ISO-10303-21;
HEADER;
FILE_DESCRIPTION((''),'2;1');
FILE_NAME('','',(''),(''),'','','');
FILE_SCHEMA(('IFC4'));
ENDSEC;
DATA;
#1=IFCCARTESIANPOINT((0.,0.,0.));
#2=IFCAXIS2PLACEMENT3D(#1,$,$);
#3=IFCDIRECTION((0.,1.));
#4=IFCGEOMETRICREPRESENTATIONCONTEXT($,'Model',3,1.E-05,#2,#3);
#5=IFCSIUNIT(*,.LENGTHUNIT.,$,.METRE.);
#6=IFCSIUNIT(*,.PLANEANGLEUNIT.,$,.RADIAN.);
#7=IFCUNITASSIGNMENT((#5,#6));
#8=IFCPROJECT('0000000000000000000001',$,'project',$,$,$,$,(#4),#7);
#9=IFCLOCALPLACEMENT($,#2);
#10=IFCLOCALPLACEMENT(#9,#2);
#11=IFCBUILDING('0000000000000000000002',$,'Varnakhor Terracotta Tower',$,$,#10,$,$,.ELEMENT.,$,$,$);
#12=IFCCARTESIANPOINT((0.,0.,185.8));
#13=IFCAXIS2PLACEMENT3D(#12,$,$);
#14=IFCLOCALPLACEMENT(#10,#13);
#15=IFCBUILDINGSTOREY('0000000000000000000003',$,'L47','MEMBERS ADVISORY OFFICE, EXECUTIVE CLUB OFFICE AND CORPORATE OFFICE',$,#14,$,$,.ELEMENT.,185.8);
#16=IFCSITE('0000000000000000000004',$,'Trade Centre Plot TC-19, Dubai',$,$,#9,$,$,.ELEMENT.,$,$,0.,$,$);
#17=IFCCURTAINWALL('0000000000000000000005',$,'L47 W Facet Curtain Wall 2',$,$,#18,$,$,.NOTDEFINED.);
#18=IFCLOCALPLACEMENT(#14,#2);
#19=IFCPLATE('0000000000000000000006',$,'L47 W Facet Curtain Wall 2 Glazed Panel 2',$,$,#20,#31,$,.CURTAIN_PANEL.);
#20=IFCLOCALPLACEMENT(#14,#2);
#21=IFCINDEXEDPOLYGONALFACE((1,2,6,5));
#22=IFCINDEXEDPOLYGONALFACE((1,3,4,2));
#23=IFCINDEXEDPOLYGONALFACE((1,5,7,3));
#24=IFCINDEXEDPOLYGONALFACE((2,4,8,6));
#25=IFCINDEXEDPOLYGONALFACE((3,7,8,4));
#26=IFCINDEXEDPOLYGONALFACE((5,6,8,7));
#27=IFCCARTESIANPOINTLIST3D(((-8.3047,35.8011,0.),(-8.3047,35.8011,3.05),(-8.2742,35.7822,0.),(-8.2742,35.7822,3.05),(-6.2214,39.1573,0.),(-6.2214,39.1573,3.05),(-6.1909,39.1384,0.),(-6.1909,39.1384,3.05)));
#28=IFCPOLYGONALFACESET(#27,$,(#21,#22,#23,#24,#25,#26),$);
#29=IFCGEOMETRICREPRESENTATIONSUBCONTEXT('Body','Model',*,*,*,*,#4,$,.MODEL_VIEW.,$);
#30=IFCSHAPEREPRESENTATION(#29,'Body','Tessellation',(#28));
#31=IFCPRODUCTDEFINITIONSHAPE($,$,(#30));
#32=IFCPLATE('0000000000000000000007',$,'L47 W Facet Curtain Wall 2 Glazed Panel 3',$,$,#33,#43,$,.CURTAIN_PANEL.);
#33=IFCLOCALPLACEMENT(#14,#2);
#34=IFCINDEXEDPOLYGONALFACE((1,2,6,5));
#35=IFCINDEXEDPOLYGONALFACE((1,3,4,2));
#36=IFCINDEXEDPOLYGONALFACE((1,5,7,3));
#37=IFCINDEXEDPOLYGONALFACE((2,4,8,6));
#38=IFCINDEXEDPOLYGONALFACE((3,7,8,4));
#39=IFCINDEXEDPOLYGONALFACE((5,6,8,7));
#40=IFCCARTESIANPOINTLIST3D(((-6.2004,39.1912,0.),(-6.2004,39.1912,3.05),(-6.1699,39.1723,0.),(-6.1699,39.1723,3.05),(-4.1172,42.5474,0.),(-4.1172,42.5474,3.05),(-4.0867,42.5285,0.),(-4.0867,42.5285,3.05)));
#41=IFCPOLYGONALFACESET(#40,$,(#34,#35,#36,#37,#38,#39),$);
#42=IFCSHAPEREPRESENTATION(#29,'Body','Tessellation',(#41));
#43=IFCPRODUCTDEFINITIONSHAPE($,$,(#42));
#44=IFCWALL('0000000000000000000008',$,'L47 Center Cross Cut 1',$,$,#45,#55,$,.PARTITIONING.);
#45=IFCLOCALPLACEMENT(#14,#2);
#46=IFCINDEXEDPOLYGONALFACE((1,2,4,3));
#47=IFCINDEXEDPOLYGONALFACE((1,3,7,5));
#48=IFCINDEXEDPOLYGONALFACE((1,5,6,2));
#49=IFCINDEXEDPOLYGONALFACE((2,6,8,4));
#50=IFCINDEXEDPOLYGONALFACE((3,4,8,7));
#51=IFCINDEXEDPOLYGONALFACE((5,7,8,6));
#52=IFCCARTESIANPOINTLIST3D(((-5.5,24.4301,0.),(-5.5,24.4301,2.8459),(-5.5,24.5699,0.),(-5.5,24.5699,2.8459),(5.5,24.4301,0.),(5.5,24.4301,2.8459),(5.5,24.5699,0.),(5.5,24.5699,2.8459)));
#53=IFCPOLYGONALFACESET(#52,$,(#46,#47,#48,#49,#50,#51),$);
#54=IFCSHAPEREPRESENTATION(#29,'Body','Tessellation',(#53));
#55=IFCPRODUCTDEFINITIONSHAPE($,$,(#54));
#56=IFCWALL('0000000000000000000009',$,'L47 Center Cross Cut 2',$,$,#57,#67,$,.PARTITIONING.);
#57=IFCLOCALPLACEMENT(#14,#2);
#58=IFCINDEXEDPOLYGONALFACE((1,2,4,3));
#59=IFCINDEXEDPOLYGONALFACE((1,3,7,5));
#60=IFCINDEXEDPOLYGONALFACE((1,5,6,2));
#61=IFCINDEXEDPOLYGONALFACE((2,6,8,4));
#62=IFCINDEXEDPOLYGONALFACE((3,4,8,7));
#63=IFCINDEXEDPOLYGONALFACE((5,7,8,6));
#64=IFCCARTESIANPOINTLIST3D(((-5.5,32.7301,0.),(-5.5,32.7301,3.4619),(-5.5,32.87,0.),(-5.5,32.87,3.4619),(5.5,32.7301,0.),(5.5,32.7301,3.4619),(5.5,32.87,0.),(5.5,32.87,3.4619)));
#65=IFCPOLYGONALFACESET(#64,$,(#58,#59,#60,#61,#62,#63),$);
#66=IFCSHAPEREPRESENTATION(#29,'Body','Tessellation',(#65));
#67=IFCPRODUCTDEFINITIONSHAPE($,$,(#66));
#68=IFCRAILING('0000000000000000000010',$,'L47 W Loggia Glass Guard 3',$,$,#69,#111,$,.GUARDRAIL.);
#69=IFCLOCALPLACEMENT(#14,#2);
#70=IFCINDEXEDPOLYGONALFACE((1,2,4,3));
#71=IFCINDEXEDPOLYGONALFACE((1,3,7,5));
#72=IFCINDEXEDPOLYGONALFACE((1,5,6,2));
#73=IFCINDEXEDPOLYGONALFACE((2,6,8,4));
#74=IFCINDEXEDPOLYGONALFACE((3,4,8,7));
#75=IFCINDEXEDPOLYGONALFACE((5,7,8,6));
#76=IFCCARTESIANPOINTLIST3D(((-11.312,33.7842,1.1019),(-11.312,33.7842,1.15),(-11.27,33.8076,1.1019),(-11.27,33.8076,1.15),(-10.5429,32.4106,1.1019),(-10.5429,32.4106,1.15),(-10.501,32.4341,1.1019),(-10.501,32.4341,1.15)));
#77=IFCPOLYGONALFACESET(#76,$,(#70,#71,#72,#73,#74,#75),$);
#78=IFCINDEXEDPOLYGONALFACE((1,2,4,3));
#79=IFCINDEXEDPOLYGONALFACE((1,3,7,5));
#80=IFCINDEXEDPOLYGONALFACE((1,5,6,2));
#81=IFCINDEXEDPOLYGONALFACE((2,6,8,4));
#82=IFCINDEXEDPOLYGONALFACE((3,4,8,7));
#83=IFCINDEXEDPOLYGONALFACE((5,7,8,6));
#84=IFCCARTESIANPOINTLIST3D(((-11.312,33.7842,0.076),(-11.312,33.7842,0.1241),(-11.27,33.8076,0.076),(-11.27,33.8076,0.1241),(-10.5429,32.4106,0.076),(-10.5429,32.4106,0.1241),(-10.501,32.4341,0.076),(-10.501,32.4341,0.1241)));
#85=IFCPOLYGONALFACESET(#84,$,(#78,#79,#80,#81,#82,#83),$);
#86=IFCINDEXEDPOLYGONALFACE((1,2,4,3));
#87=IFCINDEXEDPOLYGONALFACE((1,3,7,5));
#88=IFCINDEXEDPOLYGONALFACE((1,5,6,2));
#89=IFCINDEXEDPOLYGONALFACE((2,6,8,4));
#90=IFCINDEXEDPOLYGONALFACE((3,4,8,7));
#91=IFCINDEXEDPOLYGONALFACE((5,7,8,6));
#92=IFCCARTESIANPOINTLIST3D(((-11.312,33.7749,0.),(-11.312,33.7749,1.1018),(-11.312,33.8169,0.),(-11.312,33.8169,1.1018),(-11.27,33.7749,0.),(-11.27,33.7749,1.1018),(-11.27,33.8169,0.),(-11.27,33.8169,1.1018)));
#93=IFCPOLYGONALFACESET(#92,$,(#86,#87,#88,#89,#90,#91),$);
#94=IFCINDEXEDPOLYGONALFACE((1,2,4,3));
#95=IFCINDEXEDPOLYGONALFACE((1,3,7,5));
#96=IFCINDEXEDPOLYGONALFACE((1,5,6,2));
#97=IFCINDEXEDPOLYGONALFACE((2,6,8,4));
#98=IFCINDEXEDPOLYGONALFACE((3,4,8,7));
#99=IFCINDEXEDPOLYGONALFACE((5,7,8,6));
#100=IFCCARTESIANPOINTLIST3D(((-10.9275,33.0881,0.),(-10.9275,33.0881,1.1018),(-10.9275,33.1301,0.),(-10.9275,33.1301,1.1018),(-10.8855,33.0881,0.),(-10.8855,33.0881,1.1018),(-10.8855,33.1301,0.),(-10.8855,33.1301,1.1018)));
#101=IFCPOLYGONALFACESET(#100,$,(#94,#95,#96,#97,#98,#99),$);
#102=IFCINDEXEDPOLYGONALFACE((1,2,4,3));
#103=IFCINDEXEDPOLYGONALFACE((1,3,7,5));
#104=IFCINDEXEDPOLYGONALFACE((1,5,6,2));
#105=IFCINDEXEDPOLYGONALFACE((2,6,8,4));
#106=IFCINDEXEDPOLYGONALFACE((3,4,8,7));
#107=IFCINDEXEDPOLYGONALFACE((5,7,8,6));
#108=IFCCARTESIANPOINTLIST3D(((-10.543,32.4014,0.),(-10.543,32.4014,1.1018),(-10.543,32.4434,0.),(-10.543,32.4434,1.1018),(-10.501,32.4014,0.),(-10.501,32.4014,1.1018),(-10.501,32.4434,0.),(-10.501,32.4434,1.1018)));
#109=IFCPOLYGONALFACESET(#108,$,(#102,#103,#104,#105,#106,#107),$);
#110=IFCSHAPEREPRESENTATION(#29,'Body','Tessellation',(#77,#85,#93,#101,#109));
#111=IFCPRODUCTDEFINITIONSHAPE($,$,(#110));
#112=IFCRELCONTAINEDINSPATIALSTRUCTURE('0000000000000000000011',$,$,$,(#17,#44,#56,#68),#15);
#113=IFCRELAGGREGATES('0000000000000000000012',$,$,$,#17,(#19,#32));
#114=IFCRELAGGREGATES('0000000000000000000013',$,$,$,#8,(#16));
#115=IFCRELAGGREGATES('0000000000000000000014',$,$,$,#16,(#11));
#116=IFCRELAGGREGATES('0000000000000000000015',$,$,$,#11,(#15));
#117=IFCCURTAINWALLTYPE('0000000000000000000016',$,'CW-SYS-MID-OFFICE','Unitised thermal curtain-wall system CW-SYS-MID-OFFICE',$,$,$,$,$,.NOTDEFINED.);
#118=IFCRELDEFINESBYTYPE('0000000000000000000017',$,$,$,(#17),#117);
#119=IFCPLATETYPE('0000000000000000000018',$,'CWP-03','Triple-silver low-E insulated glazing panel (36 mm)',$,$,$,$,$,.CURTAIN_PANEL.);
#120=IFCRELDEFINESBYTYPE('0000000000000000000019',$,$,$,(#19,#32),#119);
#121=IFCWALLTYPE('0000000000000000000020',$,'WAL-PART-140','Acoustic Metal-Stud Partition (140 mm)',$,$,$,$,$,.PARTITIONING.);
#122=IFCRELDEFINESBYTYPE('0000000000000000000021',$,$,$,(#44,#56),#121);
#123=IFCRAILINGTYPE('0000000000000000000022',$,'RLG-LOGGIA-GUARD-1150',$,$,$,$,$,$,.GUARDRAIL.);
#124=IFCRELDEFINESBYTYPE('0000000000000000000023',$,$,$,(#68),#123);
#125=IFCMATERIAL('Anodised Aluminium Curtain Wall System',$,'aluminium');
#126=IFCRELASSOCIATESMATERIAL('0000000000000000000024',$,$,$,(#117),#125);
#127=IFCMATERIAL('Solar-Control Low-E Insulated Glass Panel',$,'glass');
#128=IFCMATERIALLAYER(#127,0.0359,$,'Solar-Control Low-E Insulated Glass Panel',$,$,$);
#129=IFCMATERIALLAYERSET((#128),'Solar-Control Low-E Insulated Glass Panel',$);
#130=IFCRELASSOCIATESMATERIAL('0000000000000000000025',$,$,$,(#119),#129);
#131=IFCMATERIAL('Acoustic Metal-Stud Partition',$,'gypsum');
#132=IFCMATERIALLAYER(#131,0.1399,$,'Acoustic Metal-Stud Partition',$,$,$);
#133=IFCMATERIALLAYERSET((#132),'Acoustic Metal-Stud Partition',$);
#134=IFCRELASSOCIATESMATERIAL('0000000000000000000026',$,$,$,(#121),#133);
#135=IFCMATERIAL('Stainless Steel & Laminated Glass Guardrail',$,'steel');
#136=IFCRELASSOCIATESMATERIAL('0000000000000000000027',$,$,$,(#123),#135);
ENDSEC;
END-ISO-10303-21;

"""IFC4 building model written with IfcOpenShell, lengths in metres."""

from ifc_helpers import new_model, si_unit, direction, frame, frame_2d, origin, origin_2d, place, context, subcontext, project, spatial, rectangle, extrude, source, transform, mapped, material, layer, layer_set, type_object, element, aggregate, save


model = new_model("IFC4")

# Units and contexts
model_context = context("Model", 3, precision=1e-05, world=origin(), true_north=direction((0.0, 1.0)))
body_context = subcontext(model_context, "Body", "Model", "MODEL_VIEW")
ifc_project = project(units=[si_unit("LENGTHUNIT", "METRE"), si_unit("PLANEANGLEUNIT", "RADIAN")], contexts=[model_context])

# Site, building, storey
site_placement = place(None, origin())
site = spatial("IfcSite", under=ifc_project, at=site_placement, Name="Trade Centre Plot TC-19, Dubai", CompositionType="ELEMENT", RefElevation=0.0)
building_placement = place(site_placement, origin())
building = spatial("IfcBuilding", under=site, at=building_placement, Name="Varnakhor Terracotta Tower", CompositionType="ELEMENT")
storey_placement = place(building_placement, frame((0.0, 0.0, 185.8)))
storey = spatial("IfcBuildingStorey", under=building, at=storey_placement, Name="L47", Description="MEMBERS ADVISORY OFFICE, EXECUTIVE CLUB OFFICE AND CORPORATE OFFICE", CompositionType="ELEMENT", Elevation=185.8)

# Curtain wall
ifc_material_1 = material(Name="Anodised Aluminium Curtain Wall System", Category="aluminium")
curtain_wall_type = type_object("IfcCurtainWallType", Name="CW-SYS-MID-OFFICE", Description="Unitised thermal curtain-wall system CW-SYS-MID-OFFICE", PredefinedType="NOTDEFINED", material=ifc_material_1)
curtain_wall_1_placement = place(storey_placement, origin())
curtain_wall_1 = element("IfcCurtainWall", 1, at=curtain_wall_1_placement, inside=storey, type_object=curtain_wall_type, Name="L47 W Facet Curtain Wall 2", PredefinedType="NOTDEFINED")

# Plates
ifc_material_2 = material(Name="Solar-Control Low-E Insulated Glass Panel", Category="glass")
ifc_layer_1 = layer(ifc_material_2, 0.0359, Name="Solar-Control Low-E Insulated Glass Panel")
ifc_layer_set_1 = layer_set([ifc_layer_1], Name="Solar-Control Low-E Insulated Glass Panel")
plate_type = type_object("IfcPlateType", Name="CWP-03", Description="Triple-silver low-E insulated glazing panel (36 mm)", PredefinedType="CURTAIN_PANEL", material=ifc_layer_set_1)
shared_shape_1 = source(origin(), body_context, "Body", "SweptSolid", [
    extrude(rectangle(XDim=3.9502, YDim=0.0359, at=origin_2d()), origin(), (0.0, 0.0, 1.0), 3.05),
])
plate_1_placement = place(storey_placement, frame((-7.2478, 37.4697, 0.0), z_axis=(0.0, 0.0, 1.0), x_axis=(0.527371, 0.849635, 0.0)))
plate_1 = element("IfcPlate", 2, at=plate_1_placement, type_object=plate_type, Name="L47 W Facet Curtain Wall 2 Glazed Panel 2", PredefinedType="CURTAIN_PANEL", context=body_context, shape_type="MappedRepresentation", body=[
    mapped(shared_shape_1, transform((0.0, 0.0, 0.0), scale=1.0)),
])
plate_2_placement = place(storey_placement, frame((-5.1436, 40.8599, 0.0), z_axis=(0.0, 0.0, 1.0), x_axis=(0.527371, 0.849635, 0.0)))
plate_2 = element("IfcPlate", 3, at=plate_2_placement, type_object=plate_type, Name="L47 W Facet Curtain Wall 2 Glazed Panel 3", PredefinedType="CURTAIN_PANEL", context=body_context, shape_type="MappedRepresentation", body=[
    mapped(shared_shape_1, transform((0.0, 0.0, 0.0), scale=1.0)),
])
aggregate(curtain_wall_1, [plate_1, plate_2])

# Walls
ifc_material_3 = material(Name="Acoustic Metal-Stud Partition", Category="gypsum")
ifc_layer_2 = layer(ifc_material_3, 0.1399, Name="Acoustic Metal-Stud Partition")
ifc_layer_set_2 = layer_set([ifc_layer_2], Name="Acoustic Metal-Stud Partition")
wall_type = type_object("IfcWallType", Name="WAL-PART-140", Description="Acoustic Metal-Stud Partition (140 mm)", PredefinedType="PARTITIONING", material=ifc_layer_set_2)
wall_1_placement = place(storey_placement, frame((-5.5, 24.5, 0.0), z_axis=(0.0, 0.0, 1.0), x_axis=(1.0, 0.0, 0.0)))
element("IfcWall", 4, at=wall_1_placement, inside=storey, type_object=wall_type, Name="L47 Center Cross Cut 1", PredefinedType="PARTITIONING", context=body_context, shape_type="SweptSolid", body=[
    extrude(rectangle(XDim=11.0, YDim=0.1399, at=frame_2d((5.5, 0.0))), origin(), (0.0, 0.0, 1.0), 2.8459),
])
wall_2_placement = place(storey_placement, frame((-5.5, 32.8, 0.0), z_axis=(0.0, 0.0, 1.0), x_axis=(1.0, 0.0, 0.0)))
element("IfcWall", 5, at=wall_2_placement, inside=storey, type_object=wall_type, Name="L47 Center Cross Cut 2", PredefinedType="PARTITIONING", context=body_context, shape_type="SweptSolid", body=[
    extrude(rectangle(XDim=11.0, YDim=0.1399, at=frame_2d((5.5, 0.0))), origin(), (0.0, 0.0, 1.0), 3.4619),
])

# Railing
ifc_material_4 = material(Name="Stainless Steel & Laminated Glass Guardrail", Category="steel")
railing_type = type_object("IfcRailingType", Name="RLG-LOGGIA-GUARD-1150", PredefinedType="GUARDRAIL", material=ifc_material_4)
railing_placement = place(storey_placement, frame((-11.291, 33.7959, 0.0)))
element("IfcRailing", 6, at=railing_placement, inside=storey, type_object=railing_type, Name="L47 W Loggia Glass Guard 3", PredefinedType="GUARDRAIL", context=body_context, shape_type="SweptSolid", body=[
    extrude(rectangle(XDim=0.0481, YDim=0.0481, at=origin_2d()), frame((0.0, 0.0, 1.126), z_axis=(0.488537, -0.872543, 0.0), x_axis=(0.872543, 0.488537, 0.0)), (0.0, 0.0, 1.0), 1.5742),
    extrude(rectangle(XDim=0.0481, YDim=0.0481, at=origin_2d()), frame((0.0, 0.0, 0.1001), z_axis=(0.488537, -0.872543, 0.0), x_axis=(0.872543, 0.488537, 0.0)), (0.0, 0.0, 1.0), 1.5742),
    extrude(rectangle(XDim=0.042, YDim=0.042, at=origin_2d()), origin(), (0.0, 0.0, 1.0), 1.1018),
    extrude(rectangle(XDim=0.042, YDim=0.042, at=origin_2d()), frame((0.3845, -0.6868, 0.0)), (0.0, 0.0, 1.0), 1.1018),
    extrude(rectangle(XDim=0.042, YDim=0.042, at=origin_2d()), frame((0.769, -1.3735, 0.0)), (0.0, 0.0, 1.0), 1.1018),
])

save(model, "model.ifc")
